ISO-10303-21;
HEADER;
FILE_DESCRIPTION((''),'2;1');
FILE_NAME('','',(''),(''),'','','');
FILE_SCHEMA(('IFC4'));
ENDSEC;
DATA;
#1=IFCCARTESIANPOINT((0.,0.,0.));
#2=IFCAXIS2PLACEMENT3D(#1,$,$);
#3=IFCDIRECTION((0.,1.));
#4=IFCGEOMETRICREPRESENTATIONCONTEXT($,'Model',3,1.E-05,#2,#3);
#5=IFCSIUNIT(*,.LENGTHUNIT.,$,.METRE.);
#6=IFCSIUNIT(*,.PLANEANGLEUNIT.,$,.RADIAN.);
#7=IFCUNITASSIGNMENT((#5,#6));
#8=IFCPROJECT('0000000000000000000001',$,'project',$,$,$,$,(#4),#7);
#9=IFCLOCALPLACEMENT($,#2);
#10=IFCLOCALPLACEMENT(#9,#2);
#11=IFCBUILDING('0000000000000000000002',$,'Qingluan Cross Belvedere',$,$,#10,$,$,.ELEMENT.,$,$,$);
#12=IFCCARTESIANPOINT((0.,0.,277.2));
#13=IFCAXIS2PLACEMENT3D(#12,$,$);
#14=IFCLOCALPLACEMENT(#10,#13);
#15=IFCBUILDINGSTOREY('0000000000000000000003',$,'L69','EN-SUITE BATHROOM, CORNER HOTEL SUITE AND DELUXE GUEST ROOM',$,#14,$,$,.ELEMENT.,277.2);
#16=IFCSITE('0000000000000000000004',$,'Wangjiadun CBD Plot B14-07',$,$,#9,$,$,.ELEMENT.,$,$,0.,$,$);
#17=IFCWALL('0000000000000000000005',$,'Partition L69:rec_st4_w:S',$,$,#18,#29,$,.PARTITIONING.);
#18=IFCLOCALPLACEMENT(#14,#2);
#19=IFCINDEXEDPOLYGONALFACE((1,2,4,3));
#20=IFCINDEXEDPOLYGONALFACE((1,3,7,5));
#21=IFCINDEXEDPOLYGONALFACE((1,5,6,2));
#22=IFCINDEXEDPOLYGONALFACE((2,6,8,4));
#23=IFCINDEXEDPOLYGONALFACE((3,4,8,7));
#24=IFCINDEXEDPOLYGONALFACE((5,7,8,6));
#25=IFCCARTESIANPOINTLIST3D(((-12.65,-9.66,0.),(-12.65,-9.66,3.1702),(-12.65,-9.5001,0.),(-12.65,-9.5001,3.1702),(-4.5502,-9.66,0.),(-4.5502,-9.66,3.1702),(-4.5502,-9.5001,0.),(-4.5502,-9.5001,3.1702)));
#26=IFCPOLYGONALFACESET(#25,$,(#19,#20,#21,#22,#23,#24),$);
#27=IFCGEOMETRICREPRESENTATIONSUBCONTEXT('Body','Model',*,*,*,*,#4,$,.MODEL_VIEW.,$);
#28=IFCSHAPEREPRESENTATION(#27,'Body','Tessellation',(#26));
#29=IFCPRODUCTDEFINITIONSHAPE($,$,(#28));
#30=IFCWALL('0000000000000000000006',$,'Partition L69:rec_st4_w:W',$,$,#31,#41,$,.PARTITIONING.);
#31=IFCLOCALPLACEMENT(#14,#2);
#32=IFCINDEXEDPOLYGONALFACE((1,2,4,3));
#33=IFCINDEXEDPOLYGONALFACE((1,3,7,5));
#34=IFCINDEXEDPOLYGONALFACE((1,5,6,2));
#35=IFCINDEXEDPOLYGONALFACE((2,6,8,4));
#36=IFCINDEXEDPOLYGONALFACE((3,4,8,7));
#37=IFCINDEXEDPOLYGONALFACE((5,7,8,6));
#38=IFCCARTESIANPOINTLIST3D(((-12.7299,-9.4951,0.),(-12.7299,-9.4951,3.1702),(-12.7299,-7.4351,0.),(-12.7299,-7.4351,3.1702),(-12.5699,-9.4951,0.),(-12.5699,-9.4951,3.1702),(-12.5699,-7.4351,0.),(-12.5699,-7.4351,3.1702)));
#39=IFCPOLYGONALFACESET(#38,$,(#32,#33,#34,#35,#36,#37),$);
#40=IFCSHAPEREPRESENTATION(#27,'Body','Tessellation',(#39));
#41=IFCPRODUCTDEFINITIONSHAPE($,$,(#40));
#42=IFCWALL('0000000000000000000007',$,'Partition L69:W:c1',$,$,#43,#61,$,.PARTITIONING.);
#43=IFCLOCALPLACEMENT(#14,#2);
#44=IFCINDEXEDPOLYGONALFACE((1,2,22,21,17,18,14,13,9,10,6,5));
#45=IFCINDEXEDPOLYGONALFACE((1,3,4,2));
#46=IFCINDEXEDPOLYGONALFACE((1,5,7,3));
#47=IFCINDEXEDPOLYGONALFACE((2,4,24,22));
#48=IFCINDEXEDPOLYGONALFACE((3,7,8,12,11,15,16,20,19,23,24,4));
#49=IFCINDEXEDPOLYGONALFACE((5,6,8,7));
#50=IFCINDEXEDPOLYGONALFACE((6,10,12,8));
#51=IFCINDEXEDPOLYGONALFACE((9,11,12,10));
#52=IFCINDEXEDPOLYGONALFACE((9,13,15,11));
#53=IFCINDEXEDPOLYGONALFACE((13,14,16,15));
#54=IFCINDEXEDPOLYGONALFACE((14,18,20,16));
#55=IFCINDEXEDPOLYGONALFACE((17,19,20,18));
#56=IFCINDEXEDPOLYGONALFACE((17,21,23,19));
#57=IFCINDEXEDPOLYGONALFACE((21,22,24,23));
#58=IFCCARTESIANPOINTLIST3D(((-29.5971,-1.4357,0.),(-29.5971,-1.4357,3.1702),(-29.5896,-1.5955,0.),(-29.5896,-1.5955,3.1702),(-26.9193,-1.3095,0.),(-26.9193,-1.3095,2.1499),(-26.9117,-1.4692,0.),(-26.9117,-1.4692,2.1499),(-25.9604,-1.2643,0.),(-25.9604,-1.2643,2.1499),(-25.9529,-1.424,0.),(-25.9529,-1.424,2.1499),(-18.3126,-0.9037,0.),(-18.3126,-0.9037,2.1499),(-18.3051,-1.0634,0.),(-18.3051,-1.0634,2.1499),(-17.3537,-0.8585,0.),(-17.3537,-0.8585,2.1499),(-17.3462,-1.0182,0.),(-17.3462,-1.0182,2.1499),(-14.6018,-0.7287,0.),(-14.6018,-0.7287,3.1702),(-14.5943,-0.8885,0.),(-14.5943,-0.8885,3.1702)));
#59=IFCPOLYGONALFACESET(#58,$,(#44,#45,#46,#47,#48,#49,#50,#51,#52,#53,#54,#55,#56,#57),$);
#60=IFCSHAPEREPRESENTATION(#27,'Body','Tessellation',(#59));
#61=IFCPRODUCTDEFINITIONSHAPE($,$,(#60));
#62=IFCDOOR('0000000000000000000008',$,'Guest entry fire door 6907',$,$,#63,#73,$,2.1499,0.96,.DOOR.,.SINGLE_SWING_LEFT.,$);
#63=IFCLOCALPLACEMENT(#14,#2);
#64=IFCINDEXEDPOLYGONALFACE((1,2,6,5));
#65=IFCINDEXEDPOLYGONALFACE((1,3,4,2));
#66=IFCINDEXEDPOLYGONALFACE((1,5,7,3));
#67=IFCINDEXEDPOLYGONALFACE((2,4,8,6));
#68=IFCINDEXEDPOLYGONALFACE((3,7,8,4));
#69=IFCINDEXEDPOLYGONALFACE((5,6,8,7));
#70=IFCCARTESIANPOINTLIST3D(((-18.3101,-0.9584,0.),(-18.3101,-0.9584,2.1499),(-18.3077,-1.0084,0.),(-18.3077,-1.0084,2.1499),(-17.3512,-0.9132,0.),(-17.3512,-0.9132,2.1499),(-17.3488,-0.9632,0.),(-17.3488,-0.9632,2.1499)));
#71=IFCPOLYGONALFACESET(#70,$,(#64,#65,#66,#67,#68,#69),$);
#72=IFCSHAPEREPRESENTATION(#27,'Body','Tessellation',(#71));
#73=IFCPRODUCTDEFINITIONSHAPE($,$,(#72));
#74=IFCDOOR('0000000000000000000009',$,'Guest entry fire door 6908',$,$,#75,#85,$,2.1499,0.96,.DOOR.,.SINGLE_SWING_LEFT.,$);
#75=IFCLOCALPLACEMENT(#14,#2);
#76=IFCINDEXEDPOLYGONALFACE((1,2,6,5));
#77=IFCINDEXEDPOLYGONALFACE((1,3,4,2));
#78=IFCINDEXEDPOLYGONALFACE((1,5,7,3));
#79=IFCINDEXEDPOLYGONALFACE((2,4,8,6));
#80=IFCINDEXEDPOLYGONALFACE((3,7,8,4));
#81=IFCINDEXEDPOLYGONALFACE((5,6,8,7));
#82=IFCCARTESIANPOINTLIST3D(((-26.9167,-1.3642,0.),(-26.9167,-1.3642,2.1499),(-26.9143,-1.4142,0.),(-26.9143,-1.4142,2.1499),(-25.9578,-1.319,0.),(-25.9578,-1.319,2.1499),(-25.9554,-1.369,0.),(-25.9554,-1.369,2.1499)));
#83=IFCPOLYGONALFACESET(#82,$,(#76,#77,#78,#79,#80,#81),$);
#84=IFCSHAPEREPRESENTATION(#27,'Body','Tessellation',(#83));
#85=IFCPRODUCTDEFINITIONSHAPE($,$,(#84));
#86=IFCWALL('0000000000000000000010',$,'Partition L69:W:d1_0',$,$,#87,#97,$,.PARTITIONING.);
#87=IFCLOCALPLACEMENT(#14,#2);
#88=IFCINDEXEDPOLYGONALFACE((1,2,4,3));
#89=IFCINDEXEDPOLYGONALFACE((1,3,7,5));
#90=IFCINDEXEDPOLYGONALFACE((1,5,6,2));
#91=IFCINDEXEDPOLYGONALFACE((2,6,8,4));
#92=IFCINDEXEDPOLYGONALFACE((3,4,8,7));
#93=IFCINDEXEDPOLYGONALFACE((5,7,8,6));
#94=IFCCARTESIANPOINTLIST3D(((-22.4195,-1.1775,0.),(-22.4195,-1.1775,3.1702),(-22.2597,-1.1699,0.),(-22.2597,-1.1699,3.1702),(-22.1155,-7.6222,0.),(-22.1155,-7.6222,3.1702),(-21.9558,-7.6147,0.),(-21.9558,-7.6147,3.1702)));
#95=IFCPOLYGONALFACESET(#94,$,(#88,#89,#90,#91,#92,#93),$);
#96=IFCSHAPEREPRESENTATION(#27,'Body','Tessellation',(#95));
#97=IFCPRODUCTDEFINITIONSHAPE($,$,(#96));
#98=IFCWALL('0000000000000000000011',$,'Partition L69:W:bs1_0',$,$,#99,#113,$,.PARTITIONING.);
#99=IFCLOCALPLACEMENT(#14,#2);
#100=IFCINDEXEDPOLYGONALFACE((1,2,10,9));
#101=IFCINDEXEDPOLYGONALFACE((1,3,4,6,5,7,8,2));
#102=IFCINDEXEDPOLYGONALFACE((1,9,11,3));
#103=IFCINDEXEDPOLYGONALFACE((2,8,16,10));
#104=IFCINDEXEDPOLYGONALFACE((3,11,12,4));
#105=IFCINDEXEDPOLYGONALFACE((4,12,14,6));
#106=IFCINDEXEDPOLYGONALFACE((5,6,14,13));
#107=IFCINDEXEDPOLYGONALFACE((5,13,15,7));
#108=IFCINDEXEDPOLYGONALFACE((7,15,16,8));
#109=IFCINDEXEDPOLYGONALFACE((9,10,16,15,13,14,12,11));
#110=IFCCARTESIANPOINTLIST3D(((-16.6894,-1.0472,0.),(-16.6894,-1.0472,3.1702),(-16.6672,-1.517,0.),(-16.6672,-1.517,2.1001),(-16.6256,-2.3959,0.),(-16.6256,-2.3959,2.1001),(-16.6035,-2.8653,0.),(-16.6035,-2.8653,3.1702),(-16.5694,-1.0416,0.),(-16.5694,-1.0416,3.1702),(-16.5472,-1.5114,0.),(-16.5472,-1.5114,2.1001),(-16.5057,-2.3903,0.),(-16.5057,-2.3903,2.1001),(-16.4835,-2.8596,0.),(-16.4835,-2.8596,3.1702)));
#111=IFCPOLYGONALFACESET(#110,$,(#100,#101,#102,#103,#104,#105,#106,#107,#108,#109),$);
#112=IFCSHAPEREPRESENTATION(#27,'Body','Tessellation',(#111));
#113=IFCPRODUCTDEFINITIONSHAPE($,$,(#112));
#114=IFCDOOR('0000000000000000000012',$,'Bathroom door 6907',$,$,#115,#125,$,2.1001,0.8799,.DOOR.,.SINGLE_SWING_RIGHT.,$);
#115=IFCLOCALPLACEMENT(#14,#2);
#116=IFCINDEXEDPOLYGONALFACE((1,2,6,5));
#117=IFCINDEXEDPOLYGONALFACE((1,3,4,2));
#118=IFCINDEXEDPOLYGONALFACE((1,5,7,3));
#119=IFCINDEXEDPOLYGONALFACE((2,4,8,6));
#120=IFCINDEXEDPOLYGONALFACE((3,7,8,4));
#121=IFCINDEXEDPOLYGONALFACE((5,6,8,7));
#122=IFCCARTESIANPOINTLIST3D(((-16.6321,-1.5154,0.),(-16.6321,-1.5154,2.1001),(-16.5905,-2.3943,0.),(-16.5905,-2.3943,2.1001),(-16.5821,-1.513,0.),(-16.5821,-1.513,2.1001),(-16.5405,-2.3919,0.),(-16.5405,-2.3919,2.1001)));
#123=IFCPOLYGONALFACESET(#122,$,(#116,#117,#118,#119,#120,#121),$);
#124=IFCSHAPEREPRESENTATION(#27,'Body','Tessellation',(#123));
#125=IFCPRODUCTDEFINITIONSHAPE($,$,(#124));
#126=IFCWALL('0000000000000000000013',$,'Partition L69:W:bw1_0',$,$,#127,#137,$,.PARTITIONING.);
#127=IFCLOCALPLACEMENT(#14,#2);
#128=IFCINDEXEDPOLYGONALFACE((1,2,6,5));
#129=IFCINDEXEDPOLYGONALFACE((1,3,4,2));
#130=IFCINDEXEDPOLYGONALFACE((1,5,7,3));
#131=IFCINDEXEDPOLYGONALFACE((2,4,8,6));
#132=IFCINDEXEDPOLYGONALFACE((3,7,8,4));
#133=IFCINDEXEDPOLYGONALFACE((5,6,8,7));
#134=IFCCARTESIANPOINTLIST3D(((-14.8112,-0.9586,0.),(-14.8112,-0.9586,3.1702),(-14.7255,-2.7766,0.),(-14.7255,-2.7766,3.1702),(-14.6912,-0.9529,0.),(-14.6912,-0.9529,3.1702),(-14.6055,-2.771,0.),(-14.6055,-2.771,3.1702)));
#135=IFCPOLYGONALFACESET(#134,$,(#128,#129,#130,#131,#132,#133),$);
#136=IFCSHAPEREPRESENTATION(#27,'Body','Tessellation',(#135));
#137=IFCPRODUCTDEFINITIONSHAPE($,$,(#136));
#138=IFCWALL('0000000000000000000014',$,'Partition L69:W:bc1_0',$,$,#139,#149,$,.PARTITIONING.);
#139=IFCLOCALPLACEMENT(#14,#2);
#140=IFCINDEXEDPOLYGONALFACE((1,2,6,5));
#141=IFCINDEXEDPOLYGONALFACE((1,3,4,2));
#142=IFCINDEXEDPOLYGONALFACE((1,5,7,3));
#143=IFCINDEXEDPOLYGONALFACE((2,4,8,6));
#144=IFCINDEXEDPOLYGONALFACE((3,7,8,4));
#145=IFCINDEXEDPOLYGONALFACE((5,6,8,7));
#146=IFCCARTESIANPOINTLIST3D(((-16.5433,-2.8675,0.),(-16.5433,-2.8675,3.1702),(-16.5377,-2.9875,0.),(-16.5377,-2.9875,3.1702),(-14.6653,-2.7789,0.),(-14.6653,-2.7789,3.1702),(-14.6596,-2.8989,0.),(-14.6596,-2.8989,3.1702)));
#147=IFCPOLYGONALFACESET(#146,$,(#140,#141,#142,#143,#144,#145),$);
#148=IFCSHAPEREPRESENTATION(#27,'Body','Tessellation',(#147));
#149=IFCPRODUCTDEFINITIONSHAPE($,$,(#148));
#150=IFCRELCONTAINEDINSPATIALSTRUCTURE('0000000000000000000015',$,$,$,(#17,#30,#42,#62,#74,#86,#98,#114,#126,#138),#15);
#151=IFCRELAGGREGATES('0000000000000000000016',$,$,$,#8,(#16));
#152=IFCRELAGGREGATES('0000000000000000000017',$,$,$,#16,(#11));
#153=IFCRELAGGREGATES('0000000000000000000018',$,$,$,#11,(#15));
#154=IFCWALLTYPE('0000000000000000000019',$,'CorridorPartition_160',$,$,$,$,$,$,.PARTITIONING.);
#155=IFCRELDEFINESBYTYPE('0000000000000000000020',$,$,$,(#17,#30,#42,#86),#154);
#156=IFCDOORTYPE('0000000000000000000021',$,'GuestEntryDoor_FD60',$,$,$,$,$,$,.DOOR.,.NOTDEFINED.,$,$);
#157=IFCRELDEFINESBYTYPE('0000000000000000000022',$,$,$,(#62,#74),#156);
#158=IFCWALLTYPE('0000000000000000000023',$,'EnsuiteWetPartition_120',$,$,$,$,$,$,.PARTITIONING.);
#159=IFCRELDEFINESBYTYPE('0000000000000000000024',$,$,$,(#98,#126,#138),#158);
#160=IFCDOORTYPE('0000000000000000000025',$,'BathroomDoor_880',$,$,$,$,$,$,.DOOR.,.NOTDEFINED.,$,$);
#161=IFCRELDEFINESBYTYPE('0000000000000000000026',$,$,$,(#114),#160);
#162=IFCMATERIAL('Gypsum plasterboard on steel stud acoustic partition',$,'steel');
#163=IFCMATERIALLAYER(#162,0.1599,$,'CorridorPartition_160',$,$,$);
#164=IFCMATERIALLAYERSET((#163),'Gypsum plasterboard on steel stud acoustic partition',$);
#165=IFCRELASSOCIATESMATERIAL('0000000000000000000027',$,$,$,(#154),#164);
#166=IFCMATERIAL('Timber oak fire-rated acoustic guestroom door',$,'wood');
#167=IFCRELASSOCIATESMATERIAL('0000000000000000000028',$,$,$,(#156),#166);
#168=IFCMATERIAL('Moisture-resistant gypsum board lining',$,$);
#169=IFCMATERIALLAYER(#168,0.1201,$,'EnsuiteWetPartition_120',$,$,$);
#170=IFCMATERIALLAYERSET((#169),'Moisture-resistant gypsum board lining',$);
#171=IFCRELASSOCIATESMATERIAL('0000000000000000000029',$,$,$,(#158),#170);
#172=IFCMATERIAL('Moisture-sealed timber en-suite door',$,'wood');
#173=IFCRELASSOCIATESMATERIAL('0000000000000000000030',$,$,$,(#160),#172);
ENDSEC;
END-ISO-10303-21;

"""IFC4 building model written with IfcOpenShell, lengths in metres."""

from ifc_helpers import new_model, si_unit, direction, frame, frame_2d, origin, place, context, subcontext, project, spatial, rectangle, extrude, material, layer, layer_set, type_object, element, fill, save


model = new_model("IFC4")

# Units and contexts
model_context = context("Model", 3, precision=1e-05, world=origin(), true_north=direction((0.0, 1.0)))
body_context = subcontext(model_context, "Body", "Model", "MODEL_VIEW")
ifc_project = project(units=[si_unit("LENGTHUNIT", "METRE"), si_unit("PLANEANGLEUNIT", "RADIAN")], contexts=[model_context])

# Site, building, storey
site_placement = place(None, origin())
site = spatial("IfcSite", under=ifc_project, at=site_placement, Name="Wangjiadun CBD Plot B14-07", CompositionType="ELEMENT", RefElevation=0.0)
building_placement = place(site_placement, origin())
building = spatial("IfcBuilding", under=site, at=building_placement, Name="Qingluan Cross Belvedere", CompositionType="ELEMENT")
storey_placement = place(building_placement, frame((0.0, 0.0, 277.2)))
storey = spatial("IfcBuildingStorey", under=building, at=storey_placement, Name="L69", Description="EN-SUITE BATHROOM, CORNER HOTEL SUITE AND DELUXE GUEST ROOM", CompositionType="ELEMENT", Elevation=277.2)

# Walls
ifc_material_1 = material(Name="Gypsum plasterboard on steel stud acoustic partition", Category="steel")
ifc_layer_1 = layer(ifc_material_1, 0.1599, Name="CorridorPartition_160")
ifc_layer_set_1 = layer_set([ifc_layer_1], Name="Gypsum plasterboard on steel stud acoustic partition")
wall_type_1 = type_object("IfcWallType", Name="CorridorPartition_160", PredefinedType="PARTITIONING", material=ifc_layer_set_1)
wall_1_placement = place(storey_placement, frame((-12.6499, -9.5801, 0.0), z_axis=(0.0, 0.0, 1.0), x_axis=(1.0, 0.0, 0.0)))
element("IfcWall", 1, at=wall_1_placement, inside=storey, type_object=wall_type_1, Name="Partition L69:rec_st4_w:S", PredefinedType="PARTITIONING", context=body_context, shape_type="SweptSolid", body=[
    extrude(rectangle(XDim=8.0999, YDim=0.1599, at=frame_2d((4.0498, 0.0))), origin(), (0.0, 0.0, 1.0), 3.1702),
])
wall_2_placement = place(storey_placement, frame((-12.6499, -9.4951, 0.0), z_axis=(0.0, 0.0, 1.0), x_axis=(0.0, 1.0, 0.0)))
element("IfcWall", 2, at=wall_2_placement, inside=storey, type_object=wall_type_1, Name="Partition L69:rec_st4_w:W", PredefinedType="PARTITIONING", context=body_context, shape_type="SweptSolid", body=[
    extrude(rectangle(XDim=2.0601, YDim=0.1599, at=frame_2d((1.03, 0.0))), origin(), (0.0, 0.0, 1.0), 3.1702),
])

# Wall, openings, doors
wall_3_placement = place(storey_placement, frame((-14.5981, -0.8086, 0.0), z_axis=(0.0, 0.0, 1.0), x_axis=(-0.99889, -0.047098, 0.0)))
wall_3 = element("IfcWall", 3, at=wall_3_placement, inside=storey, type_object=wall_type_1, Name="Partition L69:W:c1", PredefinedType="PARTITIONING", context=body_context, shape_type="SweptSolid", body=[
    extrude(rectangle(XDim=15.012, YDim=0.1599, at=frame_2d((7.5059, 0.0))), origin(), (0.0, 0.0, 1.0), 3.1702),
])
opening_1_placement = place(wall_3_placement, frame((2.7549, 0.0, 0.0)))
opening_1 = element("IfcOpeningElement", 4, at=opening_1_placement, cuts=wall_3, PredefinedType="OPENING", context=body_context, shape_type="SweptSolid", body=[
    extrude(rectangle(XDim=0.96, YDim=2.1499, at=frame_2d((0.48, 1.075))), frame((0.0, 0.0898, 0.0), z_axis=(0.0, -1.0, 0.0), x_axis=(1.0, 0.0, 0.0)), (0.0, 0.0, 1.0), 0.1799),
])
opening_2_placement = place(wall_3_placement, frame((11.3711, 0.0, 0.0)))
opening_2 = element("IfcOpeningElement", 5, at=opening_2_placement, cuts=wall_3, PredefinedType="OPENING", context=body_context, shape_type="SweptSolid", body=[
    extrude(rectangle(XDim=0.96, YDim=2.1499, at=frame_2d((0.48, 1.075))), frame((0.0, 0.0898, 0.0), z_axis=(0.0, -1.0, 0.0), x_axis=(1.0, 0.0, 0.0)), (0.0, 0.0, 1.0), 0.1799),
])
ifc_material_2 = material(Name="Timber oak fire-rated acoustic guestroom door", Category="wood")
door_type_1 = type_object("IfcDoorType", Name="GuestEntryDoor_FD60", OperationType="NOTDEFINED", PredefinedType="DOOR", material=ifc_material_2)
door_1_placement = place(opening_1_placement, origin())
door_1 = element("IfcDoor", 6, at=door_1_placement, inside=storey, type_object=door_type_1, Name="Guest entry fire door 6907", OperationType="SINGLE_SWING_LEFT", OverallHeight=2.1499, OverallWidth=0.96, PredefinedType="DOOR", context=body_context, shape_type="SweptSolid", body=[
    extrude(rectangle(XDim=0.96, YDim=2.1499, at=frame_2d((0.48, 1.075))), frame((0.0, 0.0249, 0.0), z_axis=(0.0, -1.0, 0.0), x_axis=(1.0, 0.0, 0.0)), (0.0, 0.0, 1.0), 0.05),
])
fill(opening_1, door_1)
door_2_placement = place(opening_2_placement, origin())
door_2 = element("IfcDoor", 7, at=door_2_placement, inside=storey, type_object=door_type_1, Name="Guest entry fire door 6908", OperationType="SINGLE_SWING_LEFT", OverallHeight=2.1499, OverallWidth=0.96, PredefinedType="DOOR", context=body_context, shape_type="SweptSolid", body=[
    extrude(rectangle(XDim=0.96, YDim=2.1499, at=frame_2d((0.48, 1.075))), frame((0.0, 0.0249, 0.0), z_axis=(0.0, -1.0, 0.0), x_axis=(1.0, 0.0, 0.0)), (0.0, 0.0, 1.0), 0.05),
])
fill(opening_2, door_2)

# Wall
wall_4_placement = place(storey_placement, frame((-22.3396, -1.1736, 0.0), z_axis=(0.0, 0.0, 1.0), x_axis=(0.04711, -0.99889, 0.0)))
element("IfcWall", 8, at=wall_4_placement, inside=storey, type_object=wall_type_1, Name="Partition L69:W:d1_0", PredefinedType="PARTITIONING", context=body_context, shape_type="SweptSolid", body=[
    extrude(rectangle(XDim=6.4519, YDim=0.1599, at=frame_2d((3.2261, 0.0))), origin(), (0.0, 0.0, 1.0), 3.1702),
])

# Wall, opening, door
ifc_material_3 = material(Name="Moisture-resistant gypsum board lining")
ifc_layer_2 = layer(ifc_material_3, 0.1201, Name="EnsuiteWetPartition_120")
ifc_layer_set_2 = layer_set([ifc_layer_2], Name="Moisture-resistant gypsum board lining")
wall_type_2 = type_object("IfcWallType", Name="EnsuiteWetPartition_120", PredefinedType="PARTITIONING", material=ifc_layer_set_2)
wall_5_placement = place(storey_placement, frame((-16.5435, -2.8625, 0.0), z_axis=(0.0, 0.0, 1.0), x_axis=(-0.047215, 0.998885, 0.0)))
wall_5 = element("IfcWall", 9, at=wall_5_placement, inside=storey, type_object=wall_type_2, Name="Partition L69:W:bs1_0", PredefinedType="PARTITIONING", context=body_context, shape_type="SweptSolid", body=[
    extrude(rectangle(XDim=1.8201, YDim=0.1201, at=frame_2d((0.9102, 0.0))), origin(), (0.0, 0.0, 1.0), 3.1702),
])
opening_3_placement = place(wall_5_placement, frame((0.47, 0.0, 0.0)))
opening_3 = element("IfcOpeningElement", 10, at=opening_3_placement, cuts=wall_5, PredefinedType="OPENING", context=body_context, shape_type="SweptSolid", body=[
    extrude(rectangle(XDim=0.8799, YDim=2.1001, at=frame_2d((0.4399, 1.05))), frame((0.0, 0.0701, 0.0), z_axis=(0.0, -1.0, 0.0), x_axis=(1.0, 0.0, 0.0)), (0.0, 0.0, 1.0), 0.1401),
])
ifc_material_4 = material(Name="Moisture-sealed timber en-suite door", Category="wood")
door_type_2 = type_object("IfcDoorType", Name="BathroomDoor_880", OperationType="NOTDEFINED", PredefinedType="DOOR", material=ifc_material_4)
door_3_placement = place(opening_3_placement, origin())
door_3 = element("IfcDoor", 11, at=door_3_placement, inside=storey, type_object=door_type_2, Name="Bathroom door 6907", OperationType="SINGLE_SWING_RIGHT", OverallHeight=2.1001, OverallWidth=0.8799, PredefinedType="DOOR", context=body_context, shape_type="SweptSolid", body=[
    extrude(rectangle(XDim=0.8799, YDim=2.1001, at=frame_2d((0.4399, 1.05))), frame((0.0, 0.0249, 0.0), z_axis=(0.0, -1.0, 0.0), x_axis=(1.0, 0.0, 0.0)), (0.0, 0.0, 1.0), 0.05),
])
fill(opening_3, door_3)

# Walls
wall_6_placement = place(storey_placement, frame((-14.6655, -2.7739, 0.0), z_axis=(0.0, 0.0, 1.0), x_axis=(-0.047081, 0.998891, 0.0)))
element("IfcWall", 12, at=wall_6_placement, inside=storey, type_object=wall_type_2, Name="Partition L69:W:bw1_0", PredefinedType="PARTITIONING", context=body_context, shape_type="SweptSolid", body=[
    extrude(rectangle(XDim=1.8201, YDim=0.1201, at=frame_2d((0.9102, 0.0))), origin(), (0.0, 0.0, 1.0), 3.1702),
])
wall_7_placement = place(storey_placement, frame((-14.6626, -2.8389, 0.0), z_axis=(0.0, 0.0, 1.0), x_axis=(-0.998888, -0.047139, 0.0)))
element("IfcWall", 13, at=wall_7_placement, inside=storey, type_object=wall_type_2, Name="Partition L69:W:bc1_0", PredefinedType="PARTITIONING", context=body_context, shape_type="SweptSolid", body=[
    extrude(rectangle(XDim=1.8801, YDim=0.1201, at=frame_2d((0.9399, 0.0))), origin(), (0.0, 0.0, 1.0), 3.1702),
])

save(model, "model.ifc")
